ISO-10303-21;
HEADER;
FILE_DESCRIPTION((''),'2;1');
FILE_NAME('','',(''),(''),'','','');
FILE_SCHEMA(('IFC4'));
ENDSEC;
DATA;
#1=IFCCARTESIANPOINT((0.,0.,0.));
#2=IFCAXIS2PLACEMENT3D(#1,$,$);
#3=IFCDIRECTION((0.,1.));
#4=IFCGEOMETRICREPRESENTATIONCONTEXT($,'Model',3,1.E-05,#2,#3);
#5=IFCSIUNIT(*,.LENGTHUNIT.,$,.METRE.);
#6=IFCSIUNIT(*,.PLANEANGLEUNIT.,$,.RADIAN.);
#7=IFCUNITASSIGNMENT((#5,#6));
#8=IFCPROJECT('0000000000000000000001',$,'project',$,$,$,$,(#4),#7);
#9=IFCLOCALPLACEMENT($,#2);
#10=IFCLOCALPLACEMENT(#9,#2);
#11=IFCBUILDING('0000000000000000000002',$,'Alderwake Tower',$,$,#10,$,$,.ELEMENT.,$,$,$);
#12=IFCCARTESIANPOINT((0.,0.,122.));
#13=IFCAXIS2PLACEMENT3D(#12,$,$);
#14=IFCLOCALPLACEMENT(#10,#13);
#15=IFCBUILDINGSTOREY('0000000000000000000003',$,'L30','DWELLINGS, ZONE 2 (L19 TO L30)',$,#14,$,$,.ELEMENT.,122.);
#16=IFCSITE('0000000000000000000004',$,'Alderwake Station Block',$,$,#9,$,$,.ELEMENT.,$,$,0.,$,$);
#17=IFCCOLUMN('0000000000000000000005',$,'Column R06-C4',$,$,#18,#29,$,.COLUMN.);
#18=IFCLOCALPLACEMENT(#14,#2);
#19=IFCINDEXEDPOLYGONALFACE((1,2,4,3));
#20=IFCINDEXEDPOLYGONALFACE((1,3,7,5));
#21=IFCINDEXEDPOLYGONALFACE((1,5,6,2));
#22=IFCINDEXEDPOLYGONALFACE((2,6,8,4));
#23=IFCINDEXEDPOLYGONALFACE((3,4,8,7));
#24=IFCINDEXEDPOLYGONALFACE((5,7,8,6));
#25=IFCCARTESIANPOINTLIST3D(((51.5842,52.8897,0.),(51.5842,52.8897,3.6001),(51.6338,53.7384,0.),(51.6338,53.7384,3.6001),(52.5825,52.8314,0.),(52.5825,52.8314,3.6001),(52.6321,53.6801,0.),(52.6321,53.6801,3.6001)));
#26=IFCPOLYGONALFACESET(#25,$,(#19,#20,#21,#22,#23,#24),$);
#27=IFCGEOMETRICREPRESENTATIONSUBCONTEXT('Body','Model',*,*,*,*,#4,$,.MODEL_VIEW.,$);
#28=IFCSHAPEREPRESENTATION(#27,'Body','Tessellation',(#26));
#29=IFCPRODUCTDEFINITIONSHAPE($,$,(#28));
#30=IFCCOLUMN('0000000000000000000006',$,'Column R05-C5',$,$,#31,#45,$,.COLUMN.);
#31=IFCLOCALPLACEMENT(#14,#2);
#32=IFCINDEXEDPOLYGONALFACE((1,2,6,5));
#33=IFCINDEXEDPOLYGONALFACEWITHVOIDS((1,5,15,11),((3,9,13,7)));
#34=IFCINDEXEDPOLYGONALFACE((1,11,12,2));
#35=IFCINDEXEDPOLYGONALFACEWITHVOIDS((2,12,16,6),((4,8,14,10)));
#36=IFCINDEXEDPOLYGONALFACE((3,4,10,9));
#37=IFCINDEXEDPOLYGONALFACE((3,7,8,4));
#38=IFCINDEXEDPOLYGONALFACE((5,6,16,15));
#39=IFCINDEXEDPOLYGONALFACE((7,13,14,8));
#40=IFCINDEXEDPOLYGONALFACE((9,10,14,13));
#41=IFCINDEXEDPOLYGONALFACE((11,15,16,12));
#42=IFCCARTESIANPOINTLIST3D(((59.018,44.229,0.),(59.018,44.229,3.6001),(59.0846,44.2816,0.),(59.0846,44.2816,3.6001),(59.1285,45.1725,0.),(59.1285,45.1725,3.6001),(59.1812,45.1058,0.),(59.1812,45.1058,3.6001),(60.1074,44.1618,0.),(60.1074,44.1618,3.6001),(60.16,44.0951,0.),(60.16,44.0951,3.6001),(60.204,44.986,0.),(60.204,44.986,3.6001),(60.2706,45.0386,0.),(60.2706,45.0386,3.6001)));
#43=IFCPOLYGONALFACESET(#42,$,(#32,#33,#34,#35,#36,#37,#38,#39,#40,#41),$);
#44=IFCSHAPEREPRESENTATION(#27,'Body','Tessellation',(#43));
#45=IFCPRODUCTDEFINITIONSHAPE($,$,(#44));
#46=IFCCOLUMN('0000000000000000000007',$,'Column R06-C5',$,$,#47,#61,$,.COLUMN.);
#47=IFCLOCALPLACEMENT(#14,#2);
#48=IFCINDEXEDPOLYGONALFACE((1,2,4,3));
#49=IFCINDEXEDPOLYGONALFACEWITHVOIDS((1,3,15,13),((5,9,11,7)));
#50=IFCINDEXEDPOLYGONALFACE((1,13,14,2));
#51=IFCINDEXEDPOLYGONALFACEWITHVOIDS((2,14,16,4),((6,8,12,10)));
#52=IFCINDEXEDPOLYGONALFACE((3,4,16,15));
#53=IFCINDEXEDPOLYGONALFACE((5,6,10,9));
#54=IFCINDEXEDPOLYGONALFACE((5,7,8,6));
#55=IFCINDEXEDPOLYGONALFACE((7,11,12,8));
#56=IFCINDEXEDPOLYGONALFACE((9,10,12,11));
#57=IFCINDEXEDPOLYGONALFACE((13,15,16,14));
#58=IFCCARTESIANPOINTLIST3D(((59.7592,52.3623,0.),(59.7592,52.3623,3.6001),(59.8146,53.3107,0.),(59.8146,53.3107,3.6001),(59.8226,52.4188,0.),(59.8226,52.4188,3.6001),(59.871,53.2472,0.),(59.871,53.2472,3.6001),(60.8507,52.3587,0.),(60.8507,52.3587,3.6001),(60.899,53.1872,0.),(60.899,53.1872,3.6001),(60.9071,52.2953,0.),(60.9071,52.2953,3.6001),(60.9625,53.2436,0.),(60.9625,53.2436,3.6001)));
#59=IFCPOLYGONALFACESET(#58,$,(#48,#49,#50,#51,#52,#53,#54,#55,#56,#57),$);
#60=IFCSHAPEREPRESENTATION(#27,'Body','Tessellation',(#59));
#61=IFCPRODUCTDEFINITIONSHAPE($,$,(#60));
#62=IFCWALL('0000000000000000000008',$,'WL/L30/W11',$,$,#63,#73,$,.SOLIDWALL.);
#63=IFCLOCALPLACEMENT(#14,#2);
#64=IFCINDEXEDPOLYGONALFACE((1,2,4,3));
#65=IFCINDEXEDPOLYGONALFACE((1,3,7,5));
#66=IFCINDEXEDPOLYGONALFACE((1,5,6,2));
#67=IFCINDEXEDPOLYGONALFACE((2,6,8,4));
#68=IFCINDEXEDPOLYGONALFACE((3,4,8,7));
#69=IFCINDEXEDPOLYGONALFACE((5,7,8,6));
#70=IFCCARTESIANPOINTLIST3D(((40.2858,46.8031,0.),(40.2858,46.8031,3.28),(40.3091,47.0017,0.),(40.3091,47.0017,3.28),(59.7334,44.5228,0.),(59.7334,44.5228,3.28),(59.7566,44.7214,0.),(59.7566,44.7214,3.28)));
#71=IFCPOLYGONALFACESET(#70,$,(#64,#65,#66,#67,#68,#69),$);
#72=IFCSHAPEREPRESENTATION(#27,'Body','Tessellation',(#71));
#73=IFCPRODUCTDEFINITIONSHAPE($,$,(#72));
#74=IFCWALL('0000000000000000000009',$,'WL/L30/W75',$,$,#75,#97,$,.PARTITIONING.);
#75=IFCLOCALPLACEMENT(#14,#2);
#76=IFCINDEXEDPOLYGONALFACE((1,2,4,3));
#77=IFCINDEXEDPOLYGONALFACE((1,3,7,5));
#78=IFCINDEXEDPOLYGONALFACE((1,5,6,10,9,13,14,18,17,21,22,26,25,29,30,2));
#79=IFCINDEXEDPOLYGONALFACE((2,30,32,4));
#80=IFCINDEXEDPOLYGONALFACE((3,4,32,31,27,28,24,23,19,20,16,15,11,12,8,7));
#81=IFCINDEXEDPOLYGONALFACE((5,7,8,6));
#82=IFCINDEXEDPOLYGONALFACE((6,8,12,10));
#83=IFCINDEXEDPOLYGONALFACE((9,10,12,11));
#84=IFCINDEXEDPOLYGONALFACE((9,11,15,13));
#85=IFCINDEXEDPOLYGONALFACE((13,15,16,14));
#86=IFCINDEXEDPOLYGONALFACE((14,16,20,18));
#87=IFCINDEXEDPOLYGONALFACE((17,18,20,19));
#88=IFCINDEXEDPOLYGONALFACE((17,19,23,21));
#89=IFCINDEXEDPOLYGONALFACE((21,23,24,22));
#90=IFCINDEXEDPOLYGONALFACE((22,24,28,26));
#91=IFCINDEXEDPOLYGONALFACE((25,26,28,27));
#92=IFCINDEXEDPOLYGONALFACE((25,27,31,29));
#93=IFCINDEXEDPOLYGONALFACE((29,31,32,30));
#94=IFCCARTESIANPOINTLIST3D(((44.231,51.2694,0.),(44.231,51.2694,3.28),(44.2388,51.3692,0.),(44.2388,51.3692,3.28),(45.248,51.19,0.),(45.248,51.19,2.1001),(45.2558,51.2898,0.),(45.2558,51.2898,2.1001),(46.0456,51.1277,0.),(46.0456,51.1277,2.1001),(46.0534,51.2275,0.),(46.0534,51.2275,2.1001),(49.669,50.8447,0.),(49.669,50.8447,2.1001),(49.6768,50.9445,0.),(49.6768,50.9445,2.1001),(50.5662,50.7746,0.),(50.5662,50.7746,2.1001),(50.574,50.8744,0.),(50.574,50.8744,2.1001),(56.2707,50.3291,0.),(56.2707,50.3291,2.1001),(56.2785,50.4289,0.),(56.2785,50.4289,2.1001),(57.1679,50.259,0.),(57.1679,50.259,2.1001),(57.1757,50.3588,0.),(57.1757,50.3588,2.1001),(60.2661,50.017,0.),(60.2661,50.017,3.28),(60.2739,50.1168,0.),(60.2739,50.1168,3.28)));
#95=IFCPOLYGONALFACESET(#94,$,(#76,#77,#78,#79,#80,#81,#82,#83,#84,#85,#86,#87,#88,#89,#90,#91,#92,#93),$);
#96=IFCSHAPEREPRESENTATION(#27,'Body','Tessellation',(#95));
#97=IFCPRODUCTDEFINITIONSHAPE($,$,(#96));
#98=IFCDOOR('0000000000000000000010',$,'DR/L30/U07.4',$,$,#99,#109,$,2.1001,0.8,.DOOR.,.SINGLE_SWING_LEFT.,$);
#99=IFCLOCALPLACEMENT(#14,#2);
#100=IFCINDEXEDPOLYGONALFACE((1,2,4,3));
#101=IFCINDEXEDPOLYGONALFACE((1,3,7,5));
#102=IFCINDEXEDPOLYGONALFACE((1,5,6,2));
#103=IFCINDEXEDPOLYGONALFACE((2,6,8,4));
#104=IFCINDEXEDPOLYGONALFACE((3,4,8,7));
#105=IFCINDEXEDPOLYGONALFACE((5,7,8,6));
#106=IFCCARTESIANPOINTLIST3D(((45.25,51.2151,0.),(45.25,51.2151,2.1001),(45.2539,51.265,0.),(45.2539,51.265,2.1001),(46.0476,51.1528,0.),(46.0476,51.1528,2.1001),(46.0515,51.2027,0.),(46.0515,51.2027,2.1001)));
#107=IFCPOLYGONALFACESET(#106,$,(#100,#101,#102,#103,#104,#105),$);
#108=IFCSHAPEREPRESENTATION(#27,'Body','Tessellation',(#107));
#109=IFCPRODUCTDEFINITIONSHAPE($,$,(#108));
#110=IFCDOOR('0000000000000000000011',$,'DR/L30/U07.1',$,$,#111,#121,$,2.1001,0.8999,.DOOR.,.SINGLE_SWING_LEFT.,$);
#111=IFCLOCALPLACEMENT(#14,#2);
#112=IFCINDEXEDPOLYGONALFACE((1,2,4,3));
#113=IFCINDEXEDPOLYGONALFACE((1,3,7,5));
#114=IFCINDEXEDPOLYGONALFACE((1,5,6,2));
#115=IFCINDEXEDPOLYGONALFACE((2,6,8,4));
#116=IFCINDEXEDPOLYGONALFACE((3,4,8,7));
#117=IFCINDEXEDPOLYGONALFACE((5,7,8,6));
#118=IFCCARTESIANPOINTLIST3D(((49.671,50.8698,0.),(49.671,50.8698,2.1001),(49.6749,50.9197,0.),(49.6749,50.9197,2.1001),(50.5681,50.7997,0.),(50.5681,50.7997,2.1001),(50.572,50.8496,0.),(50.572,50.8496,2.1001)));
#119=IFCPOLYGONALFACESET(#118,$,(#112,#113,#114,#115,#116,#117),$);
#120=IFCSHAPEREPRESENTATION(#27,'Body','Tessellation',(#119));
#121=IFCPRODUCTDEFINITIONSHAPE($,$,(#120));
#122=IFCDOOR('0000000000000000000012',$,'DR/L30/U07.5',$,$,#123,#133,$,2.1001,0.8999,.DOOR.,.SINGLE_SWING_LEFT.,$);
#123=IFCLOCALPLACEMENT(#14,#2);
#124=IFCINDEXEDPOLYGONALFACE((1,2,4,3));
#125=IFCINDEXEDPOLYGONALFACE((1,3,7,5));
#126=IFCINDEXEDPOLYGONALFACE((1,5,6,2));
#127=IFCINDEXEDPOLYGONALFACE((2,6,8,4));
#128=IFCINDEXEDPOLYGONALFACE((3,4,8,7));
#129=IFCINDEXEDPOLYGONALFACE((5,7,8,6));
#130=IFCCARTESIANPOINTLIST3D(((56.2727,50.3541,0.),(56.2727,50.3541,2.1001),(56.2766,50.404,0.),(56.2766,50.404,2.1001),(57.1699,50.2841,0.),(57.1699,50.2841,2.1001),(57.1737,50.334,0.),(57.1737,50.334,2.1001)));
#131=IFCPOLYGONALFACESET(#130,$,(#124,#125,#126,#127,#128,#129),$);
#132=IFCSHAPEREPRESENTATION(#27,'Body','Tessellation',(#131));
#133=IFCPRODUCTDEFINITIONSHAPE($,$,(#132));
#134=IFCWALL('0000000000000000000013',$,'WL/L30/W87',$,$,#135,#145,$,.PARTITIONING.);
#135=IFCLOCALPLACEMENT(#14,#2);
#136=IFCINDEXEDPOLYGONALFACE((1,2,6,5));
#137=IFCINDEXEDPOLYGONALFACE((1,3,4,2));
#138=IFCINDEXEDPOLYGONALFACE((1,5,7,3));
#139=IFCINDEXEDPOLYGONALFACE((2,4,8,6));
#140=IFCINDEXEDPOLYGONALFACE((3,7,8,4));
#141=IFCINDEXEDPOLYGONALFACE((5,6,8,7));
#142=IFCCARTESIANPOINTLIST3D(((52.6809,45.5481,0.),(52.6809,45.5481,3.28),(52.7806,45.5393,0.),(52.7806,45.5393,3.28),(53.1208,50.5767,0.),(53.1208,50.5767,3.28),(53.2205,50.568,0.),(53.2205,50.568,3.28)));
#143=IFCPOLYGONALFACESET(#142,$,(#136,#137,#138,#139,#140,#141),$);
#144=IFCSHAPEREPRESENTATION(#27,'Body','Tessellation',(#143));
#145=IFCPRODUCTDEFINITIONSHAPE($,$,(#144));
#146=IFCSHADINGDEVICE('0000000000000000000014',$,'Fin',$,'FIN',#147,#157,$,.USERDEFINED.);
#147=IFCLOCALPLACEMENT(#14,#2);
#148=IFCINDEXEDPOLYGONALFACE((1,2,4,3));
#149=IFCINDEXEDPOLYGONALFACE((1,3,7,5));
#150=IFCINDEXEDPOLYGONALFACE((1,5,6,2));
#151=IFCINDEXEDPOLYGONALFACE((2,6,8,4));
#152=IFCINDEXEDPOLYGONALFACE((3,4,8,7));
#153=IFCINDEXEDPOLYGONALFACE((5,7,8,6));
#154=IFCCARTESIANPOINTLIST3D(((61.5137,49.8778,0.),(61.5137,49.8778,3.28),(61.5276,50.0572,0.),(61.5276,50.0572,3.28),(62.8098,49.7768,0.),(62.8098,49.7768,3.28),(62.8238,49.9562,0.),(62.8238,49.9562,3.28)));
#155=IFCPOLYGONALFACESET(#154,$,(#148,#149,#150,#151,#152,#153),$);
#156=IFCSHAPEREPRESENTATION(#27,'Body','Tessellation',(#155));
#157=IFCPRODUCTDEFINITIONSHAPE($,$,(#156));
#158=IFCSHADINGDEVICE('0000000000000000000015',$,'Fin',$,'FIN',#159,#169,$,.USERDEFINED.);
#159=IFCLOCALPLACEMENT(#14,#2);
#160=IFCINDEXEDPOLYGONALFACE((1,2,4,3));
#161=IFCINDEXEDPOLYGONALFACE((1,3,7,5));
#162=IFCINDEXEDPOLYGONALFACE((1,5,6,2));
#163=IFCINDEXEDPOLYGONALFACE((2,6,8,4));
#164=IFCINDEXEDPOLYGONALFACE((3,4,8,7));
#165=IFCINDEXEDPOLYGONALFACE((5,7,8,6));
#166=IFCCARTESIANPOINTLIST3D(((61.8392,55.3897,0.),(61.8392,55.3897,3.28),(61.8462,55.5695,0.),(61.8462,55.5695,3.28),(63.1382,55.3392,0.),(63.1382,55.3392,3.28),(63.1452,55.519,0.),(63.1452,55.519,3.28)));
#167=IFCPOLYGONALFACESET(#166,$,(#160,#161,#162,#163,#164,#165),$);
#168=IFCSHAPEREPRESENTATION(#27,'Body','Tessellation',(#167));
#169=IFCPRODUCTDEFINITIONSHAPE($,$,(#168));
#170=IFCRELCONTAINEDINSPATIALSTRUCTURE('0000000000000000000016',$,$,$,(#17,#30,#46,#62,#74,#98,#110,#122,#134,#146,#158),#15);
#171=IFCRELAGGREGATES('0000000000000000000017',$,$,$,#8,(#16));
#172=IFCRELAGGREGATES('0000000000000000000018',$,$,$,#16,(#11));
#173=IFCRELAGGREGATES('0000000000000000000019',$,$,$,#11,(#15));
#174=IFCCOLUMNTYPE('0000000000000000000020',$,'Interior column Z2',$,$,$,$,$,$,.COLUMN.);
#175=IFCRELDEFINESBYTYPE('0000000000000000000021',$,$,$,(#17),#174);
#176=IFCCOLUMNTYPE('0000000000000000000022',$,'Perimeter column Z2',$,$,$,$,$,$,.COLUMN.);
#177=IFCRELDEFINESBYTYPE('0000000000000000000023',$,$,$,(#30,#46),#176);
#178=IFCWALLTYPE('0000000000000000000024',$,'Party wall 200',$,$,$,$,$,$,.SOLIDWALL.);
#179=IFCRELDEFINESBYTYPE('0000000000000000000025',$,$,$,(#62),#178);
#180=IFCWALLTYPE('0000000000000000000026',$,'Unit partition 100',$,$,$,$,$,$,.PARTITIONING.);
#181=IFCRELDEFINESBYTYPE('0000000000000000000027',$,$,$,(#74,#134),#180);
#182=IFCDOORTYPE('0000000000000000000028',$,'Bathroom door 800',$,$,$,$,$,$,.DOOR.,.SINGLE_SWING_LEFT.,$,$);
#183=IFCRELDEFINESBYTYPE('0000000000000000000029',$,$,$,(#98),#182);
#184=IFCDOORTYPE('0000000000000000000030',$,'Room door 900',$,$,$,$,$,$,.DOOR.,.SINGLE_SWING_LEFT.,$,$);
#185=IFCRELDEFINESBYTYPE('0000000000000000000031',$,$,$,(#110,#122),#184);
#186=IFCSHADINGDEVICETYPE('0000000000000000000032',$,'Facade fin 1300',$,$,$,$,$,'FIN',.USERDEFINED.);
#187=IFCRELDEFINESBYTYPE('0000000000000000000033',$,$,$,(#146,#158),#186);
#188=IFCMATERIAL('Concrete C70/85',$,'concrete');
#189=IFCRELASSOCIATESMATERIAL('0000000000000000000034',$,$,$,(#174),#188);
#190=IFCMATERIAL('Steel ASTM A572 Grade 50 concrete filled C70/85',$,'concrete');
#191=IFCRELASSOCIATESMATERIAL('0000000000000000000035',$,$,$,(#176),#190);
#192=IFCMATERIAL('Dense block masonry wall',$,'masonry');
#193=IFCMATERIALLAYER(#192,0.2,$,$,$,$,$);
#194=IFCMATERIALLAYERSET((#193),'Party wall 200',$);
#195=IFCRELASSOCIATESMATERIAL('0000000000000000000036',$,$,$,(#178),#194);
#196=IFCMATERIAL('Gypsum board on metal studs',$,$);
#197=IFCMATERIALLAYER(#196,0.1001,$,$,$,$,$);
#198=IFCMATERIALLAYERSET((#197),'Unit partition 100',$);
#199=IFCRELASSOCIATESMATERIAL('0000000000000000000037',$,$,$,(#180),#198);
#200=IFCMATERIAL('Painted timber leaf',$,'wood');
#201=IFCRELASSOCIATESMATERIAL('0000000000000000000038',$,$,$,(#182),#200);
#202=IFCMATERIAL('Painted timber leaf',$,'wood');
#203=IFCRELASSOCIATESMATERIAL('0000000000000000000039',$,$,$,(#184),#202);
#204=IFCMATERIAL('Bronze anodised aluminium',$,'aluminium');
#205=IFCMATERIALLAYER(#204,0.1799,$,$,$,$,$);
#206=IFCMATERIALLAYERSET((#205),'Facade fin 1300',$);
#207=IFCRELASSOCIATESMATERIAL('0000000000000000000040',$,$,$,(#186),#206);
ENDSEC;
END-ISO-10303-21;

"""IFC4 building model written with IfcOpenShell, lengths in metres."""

from ifc_helpers import new_model, si_unit, direction, frame, frame_2d, origin, origin_2d, place, context, subcontext, project, spatial, rectangle, hollow_rectangle, extrude, material, layer, layer_set, material_profile, profile_set, type_object, element, fill, save


model = new_model("IFC4")

# Units and contexts
model_context = context("Model", 3, precision=1e-05, world=origin(), true_north=direction((0.0, 1.0)))
body_context = subcontext(model_context, "Body", "Model", "MODEL_VIEW")
ifc_project = project(units=[si_unit("LENGTHUNIT", "METRE"), si_unit("PLANEANGLEUNIT", "RADIAN")], contexts=[model_context])

# Site, building, storey
site_placement = place(None, origin())
site = spatial("IfcSite", under=ifc_project, at=site_placement, Name="Alderwake Station Block", CompositionType="ELEMENT", RefElevation=0.0)
building_placement = place(site_placement, origin())
building = spatial("IfcBuilding", under=site, at=building_placement, Name="Alderwake Tower", CompositionType="ELEMENT")
storey_placement = place(building_placement, frame((0.0, 0.0, 122.0)))
storey = spatial("IfcBuildingStorey", under=building, at=storey_placement, Name="L30", Description="DWELLINGS, ZONE 2 (L19 TO L30)", CompositionType="ELEMENT", Elevation=122.0)

# Columns
ifc_material_1 = material(Name="Concrete C70/85", Category="concrete")
ifc_material_profile_1 = material_profile(ifc_material_1, rectangle(XDim=0.8501, YDim=1.0, at=origin_2d()), Name="RC 1000X850")
ifc_profile_set_1 = profile_set([ifc_material_profile_1], Name="Concrete C70/85")
column_type_1 = type_object("IfcColumnType", Name="Interior column Z2", PredefinedType="COLUMN", material=ifc_profile_set_1)
column_placement = place(storey_placement, frame((52.1082, 53.2849, 0.0), z_axis=(0.0, 0.0, 1.0), x_axis=(0.058301, 0.998299, 0.0)))
element("IfcColumn", 1, at=column_placement, inside=storey, type_object=column_type_1, Name="Column R06-C4", PredefinedType="COLUMN", context=body_context, shape_type="SweptSolid", body=[
    extrude(rectangle(XDim=0.8501, YDim=1.0, at=origin_2d()), origin(), (0.0, 0.0, 1.0), 3.6001),
])
ifc_material_2 = material(Name="Steel ASTM A572 Grade 50 concrete filled C70/85", Category="concrete")
ifc_material_profile_2 = material_profile(ifc_material_2, hollow_rectangle(XDim=0.95, YDim=1.1499, WallThickness=0.0601, at=origin_2d()), Name="BOX 1150X950X60")
ifc_profile_set_2 = profile_set([ifc_material_profile_2], Name="Steel ASTM A572 Grade 50 concrete filled C70/85")
column_type_2 = type_object("IfcColumnType", Name="Perimeter column Z2", PredefinedType="COLUMN", material=ifc_profile_set_2)
for number, where, z_axis, x_axis, name in (
    (2, (59.6443, 44.6338, 0.0), (0.0, 0.0, 1.0), (0.116402, 0.993202, 0.0), "Column R05-C5"),
    (3, (60.3608, 52.803, 0.0), (0.0, 0.0, 1.0), (0.058299, 0.998299, 0.0), "Column R06-C5"),
):
    element("IfcColumn", number, at=place(storey_placement, frame(where, z_axis=z_axis, x_axis=x_axis)), inside=storey, type_object=column_type_2, Name=name, PredefinedType="COLUMN", context=body_context, shape_type="SweptSolid", body=[
        extrude(hollow_rectangle(XDim=0.95, YDim=1.1499, WallThickness=0.0601, at=origin_2d()), origin(), (0.0, 0.0, 1.0), 3.6001),
    ])

# Wall
ifc_material_3 = material(Name="Dense block masonry wall", Category="masonry")
ifc_layer_1 = layer(ifc_material_3, 0.2)
ifc_layer_set_1 = layer_set([ifc_layer_1], Name="Party wall 200")
wall_type_1 = type_object("IfcWallType", Name="Party wall 200", PredefinedType="SOLIDWALL", material=ifc_layer_set_1)
wall_1_placement = place(storey_placement, frame((59.7451, 44.6221, 0.0), z_axis=(0.0, 0.0, 1.0), x_axis=(-0.993196, 0.116455, 0.0)))
element("IfcWall", 4, at=wall_1_placement, inside=storey, type_object=wall_type_1, Name="WL/L30/W11", PredefinedType="SOLIDWALL", context=body_context, shape_type="SweptSolid", body=[
    extrude(rectangle(XDim=19.5808, YDim=0.2, at=frame_2d((9.7905, 0.0))), origin(), (0.0, 0.0, 1.0), 3.28),
])

# Wall, openings, doors
ifc_material_4 = material(Name="Gypsum board on metal studs")
ifc_layer_2 = layer(ifc_material_4, 0.1001)
ifc_layer_set_2 = layer_set([ifc_layer_2], Name="Unit partition 100")
wall_type_2 = type_object("IfcWallType", Name="Unit partition 100", PredefinedType="PARTITIONING", material=ifc_layer_set_2)
wall_2_placement = place(storey_placement, frame((60.27, 50.0669, 0.0), z_axis=(0.0, 0.0, 1.0), x_axis=(-0.996964, 0.077869, 0.0)))
wall_2 = element("IfcWall", 5, at=wall_2_placement, inside=storey, type_object=wall_type_2, Name="WL/L30/W75", PredefinedType="PARTITIONING", context=body_context, shape_type="SweptSolid", body=[
    extrude(rectangle(XDim=16.084, YDim=0.1001, at=frame_2d((8.042, 0.0))), origin(), (0.0, 0.0, 1.0), 3.28),
])
opening_1_placement = place(wall_2_placement, frame((9.7295, 0.0, 0.0)))
opening_1 = element("IfcOpeningElement", 6, at=opening_1_placement, cuts=wall_2, PredefinedType="OPENING", context=body_context, shape_type="SweptSolid", body=[
    extrude(rectangle(XDim=0.8999, YDim=2.1001, at=frame_2d((0.45, 1.05))), frame((0.0, 0.0601, 0.0), z_axis=(0.0, -1.0, 0.0), x_axis=(1.0, 0.0, 0.0)), (0.0, 0.0, 1.0), 0.1201),
])
opening_2_placement = place(wall_2_placement, frame((14.2639, 0.0, 0.0)))
opening_2 = element("IfcOpeningElement", 7, at=opening_2_placement, cuts=wall_2, PredefinedType="OPENING", context=body_context, shape_type="SweptSolid", body=[
    extrude(rectangle(XDim=0.8, YDim=2.1001, at=frame_2d((0.3999, 1.05))), frame((0.0, 0.0601, 0.0), z_axis=(0.0, -1.0, 0.0), x_axis=(1.0, 0.0, 0.0)), (0.0, 0.0, 1.0), 0.1201),
])
opening_3_placement = place(wall_2_placement, frame((3.1077, 0.0, 0.0)))
opening_3 = element("IfcOpeningElement", 8, at=opening_3_placement, cuts=wall_2, PredefinedType="OPENING", context=body_context, shape_type="SweptSolid", body=[
    extrude(rectangle(XDim=0.8999, YDim=2.1001, at=frame_2d((0.45, 1.05))), frame((0.0, 0.0601, 0.0), z_axis=(0.0, -1.0, 0.0), x_axis=(1.0, 0.0, 0.0)), (0.0, 0.0, 1.0), 0.1201),
])
ifc_material_5 = material(Name="Painted timber leaf", Category="wood")
door_type_1 = type_object("IfcDoorType", Name="Bathroom door 800", OperationType="SINGLE_SWING_LEFT", PredefinedType="DOOR", material=ifc_material_5)
door_1_placement = place(opening_2_placement, origin())
door_1 = element("IfcDoor", 9, at=door_1_placement, inside=storey, type_object=door_type_1, Name="DR/L30/U07.4", OperationType="SINGLE_SWING_LEFT", OverallHeight=2.1001, OverallWidth=0.8, PredefinedType="DOOR", context=body_context, shape_type="SweptSolid", body=[
    extrude(rectangle(XDim=0.8, YDim=2.1001, at=frame_2d((0.3999, 1.05))), frame((0.0, 0.0249, 0.0), z_axis=(0.0, -1.0, 0.0), x_axis=(1.0, 0.0, 0.0)), (0.0, 0.0, 1.0), 0.05),
])
fill(opening_2, door_1)
ifc_material_6 = material(Name="Painted timber leaf", Category="wood")
door_type_2 = type_object("IfcDoorType", Name="Room door 900", OperationType="SINGLE_SWING_LEFT", PredefinedType="DOOR", material=ifc_material_6)
door_2_placement = place(opening_1_placement, origin())
door_2 = element("IfcDoor", 10, at=door_2_placement, inside=storey, type_object=door_type_2, Name="DR/L30/U07.1", OperationType="SINGLE_SWING_LEFT", OverallHeight=2.1001, OverallWidth=0.8999, PredefinedType="DOOR", context=body_context, shape_type="SweptSolid", body=[
    extrude(rectangle(XDim=0.8999, YDim=2.1001, at=frame_2d((0.45, 1.05))), frame((0.0, 0.0249, 0.0), z_axis=(0.0, -1.0, 0.0), x_axis=(1.0, 0.0, 0.0)), (0.0, 0.0, 1.0), 0.05),
])
fill(opening_1, door_2)
door_3_placement = place(opening_3_placement, origin())
door_3 = element("IfcDoor", 11, at=door_3_placement, inside=storey, type_object=door_type_2, Name="DR/L30/U07.5", OperationType="SINGLE_SWING_LEFT", OverallHeight=2.1001, OverallWidth=0.8999, PredefinedType="DOOR", context=body_context, shape_type="SweptSolid", body=[
    extrude(rectangle(XDim=0.8999, YDim=2.1001, at=frame_2d((0.45, 1.05))), frame((0.0, 0.0249, 0.0), z_axis=(0.0, -1.0, 0.0), x_axis=(1.0, 0.0, 0.0)), (0.0, 0.0, 1.0), 0.05),
])
fill(opening_3, door_3)

# Wall
wall_3_placement = place(storey_placement, frame((52.7307, 45.5437, 0.0), z_axis=(0.0, 0.0, 1.0), x_axis=(0.087156, 0.996195, 0.0)))
element("IfcWall", 12, at=wall_3_placement, inside=storey, type_object=wall_type_2, Name="WL/L30/W87", PredefinedType="PARTITIONING", context=body_context, shape_type="SweptSolid", body=[
    extrude(rectangle(XDim=5.0479, YDim=0.1001, at=frame_2d((2.5239, 0.0))), origin(), (0.0, 0.0, 1.0), 3.28),
])

# Shading devices
ifc_material_7 = material(Name="Bronze anodised aluminium", Category="aluminium")
ifc_layer_3 = layer(ifc_material_7, 0.1799)
ifc_layer_set_3 = layer_set([ifc_layer_3], Name="Facade fin 1300")
shading_device_type_1 = type_object("IfcShadingDeviceType", Name="Facade fin 1300", ElementType="FIN", PredefinedType="USERDEFINED", material=ifc_layer_set_3)
for number, where, z_axis, x_axis, name in (
    (13, (62.1687, 49.917, 0.0), (0.0, 0.0, 1.0), (0.996975, -0.077721, 0.0), "Fin"),
    (14, (62.4922, 55.4543, 0.0), (0.0, 0.0, 1.0), (0.999243, -0.03889, 0.0), "Fin"),
):
    element("IfcShadingDevice", number, at=place(storey_placement, frame(where, z_axis=z_axis, x_axis=x_axis)), inside=storey, type_object=shading_device_type_1, Name=name, ObjectType="FIN", PredefinedType="USERDEFINED", context=body_context, shape_type="SweptSolid", body=[
        extrude(rectangle(XDim=1.3, YDim=0.1799, at=origin_2d()), origin(), (0.0, 0.0, 1.0), 3.28),
    ])

save(model, "model.ifc")
